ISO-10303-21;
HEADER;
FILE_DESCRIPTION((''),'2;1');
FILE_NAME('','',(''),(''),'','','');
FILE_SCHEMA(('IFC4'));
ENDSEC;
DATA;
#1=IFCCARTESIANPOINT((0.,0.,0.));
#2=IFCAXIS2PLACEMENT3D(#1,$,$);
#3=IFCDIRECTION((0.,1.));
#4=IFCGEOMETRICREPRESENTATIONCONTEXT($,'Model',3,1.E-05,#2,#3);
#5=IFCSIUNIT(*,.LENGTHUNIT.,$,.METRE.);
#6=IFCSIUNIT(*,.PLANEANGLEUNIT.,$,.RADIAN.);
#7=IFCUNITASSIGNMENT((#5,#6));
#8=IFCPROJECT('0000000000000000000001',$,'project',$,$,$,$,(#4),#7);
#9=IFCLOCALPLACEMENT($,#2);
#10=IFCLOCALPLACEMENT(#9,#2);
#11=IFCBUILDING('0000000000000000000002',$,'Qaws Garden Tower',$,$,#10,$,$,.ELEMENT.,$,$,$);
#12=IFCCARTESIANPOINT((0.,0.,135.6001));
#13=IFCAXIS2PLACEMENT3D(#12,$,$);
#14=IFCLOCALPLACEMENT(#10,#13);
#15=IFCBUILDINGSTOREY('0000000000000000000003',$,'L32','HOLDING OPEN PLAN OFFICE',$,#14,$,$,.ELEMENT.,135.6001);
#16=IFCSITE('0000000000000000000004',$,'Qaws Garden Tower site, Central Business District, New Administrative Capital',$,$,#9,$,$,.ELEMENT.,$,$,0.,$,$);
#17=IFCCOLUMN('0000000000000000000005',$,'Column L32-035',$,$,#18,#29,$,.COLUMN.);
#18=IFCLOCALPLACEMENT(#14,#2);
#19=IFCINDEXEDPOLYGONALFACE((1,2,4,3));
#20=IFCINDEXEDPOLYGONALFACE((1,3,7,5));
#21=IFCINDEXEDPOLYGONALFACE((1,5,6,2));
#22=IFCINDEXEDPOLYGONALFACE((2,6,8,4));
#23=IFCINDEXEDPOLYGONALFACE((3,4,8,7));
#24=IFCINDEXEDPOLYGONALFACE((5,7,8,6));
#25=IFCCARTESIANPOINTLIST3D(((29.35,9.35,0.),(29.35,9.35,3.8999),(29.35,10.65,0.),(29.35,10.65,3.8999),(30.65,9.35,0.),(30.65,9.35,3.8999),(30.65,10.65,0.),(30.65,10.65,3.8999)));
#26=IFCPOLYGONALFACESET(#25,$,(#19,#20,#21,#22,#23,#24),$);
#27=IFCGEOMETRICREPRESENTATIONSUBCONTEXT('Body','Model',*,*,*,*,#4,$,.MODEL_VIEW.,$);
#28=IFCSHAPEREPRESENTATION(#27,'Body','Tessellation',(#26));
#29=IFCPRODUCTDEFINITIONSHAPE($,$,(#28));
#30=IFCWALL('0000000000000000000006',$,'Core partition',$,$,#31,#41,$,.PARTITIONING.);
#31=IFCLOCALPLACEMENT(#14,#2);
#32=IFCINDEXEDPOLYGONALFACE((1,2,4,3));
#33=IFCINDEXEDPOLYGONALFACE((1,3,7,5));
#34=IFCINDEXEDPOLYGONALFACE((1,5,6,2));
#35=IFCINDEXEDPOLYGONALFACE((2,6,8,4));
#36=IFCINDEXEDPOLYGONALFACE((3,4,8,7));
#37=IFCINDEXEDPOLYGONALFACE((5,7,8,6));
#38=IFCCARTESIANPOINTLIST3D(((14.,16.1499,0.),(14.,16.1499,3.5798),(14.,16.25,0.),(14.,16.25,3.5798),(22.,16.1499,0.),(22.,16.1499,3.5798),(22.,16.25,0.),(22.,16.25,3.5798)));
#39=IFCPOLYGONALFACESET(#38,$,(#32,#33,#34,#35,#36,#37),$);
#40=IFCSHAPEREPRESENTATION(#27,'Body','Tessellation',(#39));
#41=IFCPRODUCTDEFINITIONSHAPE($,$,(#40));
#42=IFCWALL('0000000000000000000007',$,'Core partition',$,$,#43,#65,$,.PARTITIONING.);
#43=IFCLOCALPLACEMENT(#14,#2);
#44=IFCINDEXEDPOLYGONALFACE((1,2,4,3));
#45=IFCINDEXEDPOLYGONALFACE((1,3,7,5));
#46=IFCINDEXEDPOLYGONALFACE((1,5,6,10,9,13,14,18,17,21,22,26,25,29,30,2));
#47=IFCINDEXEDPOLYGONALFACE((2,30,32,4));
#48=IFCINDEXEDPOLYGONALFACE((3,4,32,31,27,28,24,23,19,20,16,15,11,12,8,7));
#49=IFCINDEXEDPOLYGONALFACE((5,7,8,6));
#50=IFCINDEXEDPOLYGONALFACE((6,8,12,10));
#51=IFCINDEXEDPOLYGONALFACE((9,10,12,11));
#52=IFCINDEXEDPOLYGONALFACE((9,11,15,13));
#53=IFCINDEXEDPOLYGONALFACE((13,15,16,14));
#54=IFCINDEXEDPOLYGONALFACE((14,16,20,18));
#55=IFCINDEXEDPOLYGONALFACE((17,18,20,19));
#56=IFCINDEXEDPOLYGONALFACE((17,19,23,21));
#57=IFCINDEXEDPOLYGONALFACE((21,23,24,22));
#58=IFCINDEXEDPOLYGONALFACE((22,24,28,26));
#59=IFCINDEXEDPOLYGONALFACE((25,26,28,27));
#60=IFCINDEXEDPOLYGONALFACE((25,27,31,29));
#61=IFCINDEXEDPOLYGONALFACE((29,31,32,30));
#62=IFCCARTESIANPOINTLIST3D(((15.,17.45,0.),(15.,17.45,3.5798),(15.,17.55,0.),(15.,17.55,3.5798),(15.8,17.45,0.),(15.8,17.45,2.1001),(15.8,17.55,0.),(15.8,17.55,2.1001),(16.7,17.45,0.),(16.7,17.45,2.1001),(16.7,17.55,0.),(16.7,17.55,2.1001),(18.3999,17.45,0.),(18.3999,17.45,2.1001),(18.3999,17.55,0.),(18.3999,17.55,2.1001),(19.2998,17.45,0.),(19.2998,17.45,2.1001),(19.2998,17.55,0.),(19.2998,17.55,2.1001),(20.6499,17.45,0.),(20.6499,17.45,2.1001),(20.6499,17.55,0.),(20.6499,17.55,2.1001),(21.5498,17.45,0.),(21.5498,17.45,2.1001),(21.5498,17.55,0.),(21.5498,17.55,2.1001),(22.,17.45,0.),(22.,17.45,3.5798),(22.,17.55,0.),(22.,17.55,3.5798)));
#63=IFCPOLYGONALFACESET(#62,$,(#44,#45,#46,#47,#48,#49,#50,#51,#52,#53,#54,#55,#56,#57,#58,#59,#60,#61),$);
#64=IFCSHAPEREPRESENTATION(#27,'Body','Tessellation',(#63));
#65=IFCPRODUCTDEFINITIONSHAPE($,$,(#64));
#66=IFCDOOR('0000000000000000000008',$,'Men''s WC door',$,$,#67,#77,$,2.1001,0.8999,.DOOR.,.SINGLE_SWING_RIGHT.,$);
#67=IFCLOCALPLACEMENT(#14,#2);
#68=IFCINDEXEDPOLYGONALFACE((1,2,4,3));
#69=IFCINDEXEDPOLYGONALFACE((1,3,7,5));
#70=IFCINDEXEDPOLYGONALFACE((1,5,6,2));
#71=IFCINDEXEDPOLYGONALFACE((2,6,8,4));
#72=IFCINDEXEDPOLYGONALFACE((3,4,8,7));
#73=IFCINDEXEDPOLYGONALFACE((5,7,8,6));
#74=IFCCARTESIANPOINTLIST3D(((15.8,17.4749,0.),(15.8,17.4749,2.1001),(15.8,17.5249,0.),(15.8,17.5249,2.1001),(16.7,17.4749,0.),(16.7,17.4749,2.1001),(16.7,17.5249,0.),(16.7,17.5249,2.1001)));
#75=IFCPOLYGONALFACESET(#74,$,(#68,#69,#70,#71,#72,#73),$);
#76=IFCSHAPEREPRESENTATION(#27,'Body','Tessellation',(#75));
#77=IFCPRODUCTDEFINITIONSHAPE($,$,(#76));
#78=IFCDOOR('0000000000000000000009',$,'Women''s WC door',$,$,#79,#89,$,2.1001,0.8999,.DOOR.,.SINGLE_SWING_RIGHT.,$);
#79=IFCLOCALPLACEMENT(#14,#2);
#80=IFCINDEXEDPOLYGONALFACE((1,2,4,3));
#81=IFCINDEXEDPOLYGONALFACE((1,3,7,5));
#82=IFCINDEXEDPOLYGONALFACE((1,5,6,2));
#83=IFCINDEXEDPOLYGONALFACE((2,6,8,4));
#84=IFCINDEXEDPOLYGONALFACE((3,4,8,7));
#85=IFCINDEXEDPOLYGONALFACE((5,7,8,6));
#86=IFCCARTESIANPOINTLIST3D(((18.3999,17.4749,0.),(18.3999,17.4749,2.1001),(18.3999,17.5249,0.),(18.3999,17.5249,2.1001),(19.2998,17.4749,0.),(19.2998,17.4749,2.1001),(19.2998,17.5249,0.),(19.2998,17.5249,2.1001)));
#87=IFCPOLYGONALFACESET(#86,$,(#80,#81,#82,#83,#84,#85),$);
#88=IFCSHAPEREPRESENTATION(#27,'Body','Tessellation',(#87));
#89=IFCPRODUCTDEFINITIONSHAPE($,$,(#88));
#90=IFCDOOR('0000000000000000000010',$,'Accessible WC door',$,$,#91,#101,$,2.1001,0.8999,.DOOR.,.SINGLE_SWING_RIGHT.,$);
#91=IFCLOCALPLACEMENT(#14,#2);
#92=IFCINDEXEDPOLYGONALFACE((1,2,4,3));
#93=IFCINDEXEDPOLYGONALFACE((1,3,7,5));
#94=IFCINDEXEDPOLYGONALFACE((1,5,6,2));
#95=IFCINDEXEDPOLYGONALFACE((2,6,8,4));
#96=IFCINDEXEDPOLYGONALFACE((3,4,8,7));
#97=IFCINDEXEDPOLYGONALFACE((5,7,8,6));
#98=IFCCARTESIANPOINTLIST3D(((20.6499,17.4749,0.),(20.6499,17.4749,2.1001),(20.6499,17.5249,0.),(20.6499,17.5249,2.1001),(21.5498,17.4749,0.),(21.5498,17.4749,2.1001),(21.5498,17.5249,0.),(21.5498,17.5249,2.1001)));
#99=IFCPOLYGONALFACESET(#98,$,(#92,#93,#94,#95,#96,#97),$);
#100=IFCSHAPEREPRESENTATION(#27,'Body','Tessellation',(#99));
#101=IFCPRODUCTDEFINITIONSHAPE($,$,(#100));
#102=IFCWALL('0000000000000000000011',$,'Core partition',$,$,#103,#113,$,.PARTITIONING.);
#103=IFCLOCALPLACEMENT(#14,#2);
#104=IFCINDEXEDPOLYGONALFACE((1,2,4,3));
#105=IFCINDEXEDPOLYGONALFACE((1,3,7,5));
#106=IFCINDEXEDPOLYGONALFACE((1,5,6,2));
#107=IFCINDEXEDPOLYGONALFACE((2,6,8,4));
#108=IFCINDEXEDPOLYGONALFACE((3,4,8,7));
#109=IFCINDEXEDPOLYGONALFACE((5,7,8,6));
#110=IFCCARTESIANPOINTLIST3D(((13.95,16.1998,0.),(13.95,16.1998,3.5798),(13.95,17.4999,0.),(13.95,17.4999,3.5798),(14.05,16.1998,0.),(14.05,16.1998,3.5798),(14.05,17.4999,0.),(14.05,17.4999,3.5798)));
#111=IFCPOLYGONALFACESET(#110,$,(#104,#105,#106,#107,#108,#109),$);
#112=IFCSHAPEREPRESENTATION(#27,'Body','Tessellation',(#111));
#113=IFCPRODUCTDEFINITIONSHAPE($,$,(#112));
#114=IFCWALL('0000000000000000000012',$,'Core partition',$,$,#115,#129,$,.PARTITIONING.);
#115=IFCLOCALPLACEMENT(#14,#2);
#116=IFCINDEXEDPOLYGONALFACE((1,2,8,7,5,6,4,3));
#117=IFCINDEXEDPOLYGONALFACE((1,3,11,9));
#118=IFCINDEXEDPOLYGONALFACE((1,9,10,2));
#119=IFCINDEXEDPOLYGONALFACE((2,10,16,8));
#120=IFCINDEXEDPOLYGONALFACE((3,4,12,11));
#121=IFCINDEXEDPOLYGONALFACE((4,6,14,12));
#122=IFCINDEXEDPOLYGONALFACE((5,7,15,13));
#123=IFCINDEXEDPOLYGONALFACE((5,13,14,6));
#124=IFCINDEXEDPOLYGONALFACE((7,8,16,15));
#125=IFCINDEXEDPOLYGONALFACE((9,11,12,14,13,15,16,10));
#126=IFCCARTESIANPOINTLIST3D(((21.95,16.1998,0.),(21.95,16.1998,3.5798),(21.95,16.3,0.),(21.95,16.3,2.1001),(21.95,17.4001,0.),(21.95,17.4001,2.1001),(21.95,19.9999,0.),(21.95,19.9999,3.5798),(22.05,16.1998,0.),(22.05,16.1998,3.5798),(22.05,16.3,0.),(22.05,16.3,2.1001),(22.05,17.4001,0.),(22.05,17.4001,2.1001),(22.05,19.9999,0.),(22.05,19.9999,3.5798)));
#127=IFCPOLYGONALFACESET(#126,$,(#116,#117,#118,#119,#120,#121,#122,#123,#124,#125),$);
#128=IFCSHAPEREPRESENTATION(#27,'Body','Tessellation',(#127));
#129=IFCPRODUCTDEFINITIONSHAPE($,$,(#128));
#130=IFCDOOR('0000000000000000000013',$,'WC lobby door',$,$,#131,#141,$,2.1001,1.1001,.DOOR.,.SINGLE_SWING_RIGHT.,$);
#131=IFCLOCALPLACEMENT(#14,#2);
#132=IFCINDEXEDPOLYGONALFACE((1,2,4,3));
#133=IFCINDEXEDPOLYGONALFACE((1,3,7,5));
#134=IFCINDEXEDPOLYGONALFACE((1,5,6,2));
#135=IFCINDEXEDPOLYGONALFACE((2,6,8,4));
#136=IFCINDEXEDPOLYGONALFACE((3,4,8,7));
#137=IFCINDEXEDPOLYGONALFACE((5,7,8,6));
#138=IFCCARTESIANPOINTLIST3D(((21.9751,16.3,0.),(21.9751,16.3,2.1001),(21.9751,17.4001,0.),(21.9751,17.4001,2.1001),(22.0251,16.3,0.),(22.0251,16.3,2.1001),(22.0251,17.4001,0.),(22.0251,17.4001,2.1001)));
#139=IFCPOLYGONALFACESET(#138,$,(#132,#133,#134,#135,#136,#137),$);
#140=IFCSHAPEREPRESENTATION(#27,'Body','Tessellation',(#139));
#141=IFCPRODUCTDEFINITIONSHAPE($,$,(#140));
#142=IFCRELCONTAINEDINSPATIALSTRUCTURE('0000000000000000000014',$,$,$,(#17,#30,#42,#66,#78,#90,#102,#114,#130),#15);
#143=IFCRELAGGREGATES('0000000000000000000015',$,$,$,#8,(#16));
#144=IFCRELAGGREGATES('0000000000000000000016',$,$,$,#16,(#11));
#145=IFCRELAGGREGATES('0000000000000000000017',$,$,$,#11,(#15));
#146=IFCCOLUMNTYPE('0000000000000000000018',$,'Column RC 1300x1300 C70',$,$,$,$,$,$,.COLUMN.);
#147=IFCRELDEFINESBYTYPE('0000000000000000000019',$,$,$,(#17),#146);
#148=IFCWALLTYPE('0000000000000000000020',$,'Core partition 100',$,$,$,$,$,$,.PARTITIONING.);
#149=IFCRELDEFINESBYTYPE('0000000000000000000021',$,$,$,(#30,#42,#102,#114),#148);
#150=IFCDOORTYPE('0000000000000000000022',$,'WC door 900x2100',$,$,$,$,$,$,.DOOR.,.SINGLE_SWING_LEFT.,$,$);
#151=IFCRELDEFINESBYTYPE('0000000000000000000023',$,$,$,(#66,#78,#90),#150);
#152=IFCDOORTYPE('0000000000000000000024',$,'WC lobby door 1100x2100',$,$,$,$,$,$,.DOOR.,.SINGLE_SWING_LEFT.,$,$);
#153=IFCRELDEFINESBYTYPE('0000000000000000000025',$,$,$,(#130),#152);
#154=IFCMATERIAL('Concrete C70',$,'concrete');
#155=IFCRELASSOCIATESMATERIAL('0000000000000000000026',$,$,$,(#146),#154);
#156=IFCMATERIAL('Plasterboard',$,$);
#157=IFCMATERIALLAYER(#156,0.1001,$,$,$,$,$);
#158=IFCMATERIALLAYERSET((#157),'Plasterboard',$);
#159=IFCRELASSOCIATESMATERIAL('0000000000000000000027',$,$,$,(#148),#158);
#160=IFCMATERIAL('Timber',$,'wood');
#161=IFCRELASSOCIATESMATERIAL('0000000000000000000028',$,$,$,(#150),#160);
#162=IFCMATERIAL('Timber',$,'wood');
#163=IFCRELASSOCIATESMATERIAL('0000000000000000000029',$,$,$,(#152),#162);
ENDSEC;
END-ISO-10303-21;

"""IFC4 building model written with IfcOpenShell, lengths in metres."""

from ifc_helpers import new_model, si_unit, direction, frame, frame_2d, origin, origin_2d, place, context, subcontext, project, spatial, rectangle, extrude, material, layer, layer_set, material_profile, profile_set, type_object, element, fill, save


model = new_model("IFC4")

# Units and contexts
model_context = context("Model", 3, precision=1e-05, world=origin(), true_north=direction((0.0, 1.0)))
body_context = subcontext(model_context, "Body", "Model", "MODEL_VIEW")
ifc_project = project(units=[si_unit("LENGTHUNIT", "METRE"), si_unit("PLANEANGLEUNIT", "RADIAN")], contexts=[model_context])

# Site, building, storey
site_placement = place(None, origin())
site = spatial("IfcSite", under=ifc_project, at=site_placement, Name="Qaws Garden Tower site, Central Business District, New Administrative Capital", CompositionType="ELEMENT", RefElevation=0.0)
building_placement = place(site_placement, origin())
building = spatial("IfcBuilding", under=site, at=building_placement, Name="Qaws Garden Tower", CompositionType="ELEMENT")
storey_placement = place(building_placement, frame((0.0, 0.0, 135.6001)))
storey = spatial("IfcBuildingStorey", under=building, at=storey_placement, Name="L32", Description="HOLDING OPEN PLAN OFFICE", CompositionType="ELEMENT", Elevation=135.6001)

# Column
ifc_material_1 = material(Name="Concrete C70", Category="concrete")
ifc_material_profile = material_profile(ifc_material_1, rectangle(XDim=1.3, YDim=1.3, at=origin_2d()), Name="RC 1300x1300")
ifc_profile_set = profile_set([ifc_material_profile], Name="Concrete C70")
column_type = type_object("IfcColumnType", Name="Column RC 1300x1300 C70", PredefinedType="COLUMN", material=ifc_profile_set)
column_placement = place(storey_placement, frame((30.0, 10.0, 0.0), z_axis=(0.0, 0.0, 1.0), x_axis=(1.0, 0.0, 0.0)))
element("IfcColumn", 1, at=column_placement, inside=storey, type_object=column_type, Name="Column L32-035", PredefinedType="COLUMN", context=body_context, shape_type="SweptSolid", body=[
    extrude(rectangle(XDim=1.3, YDim=1.3, at=origin_2d()), origin(), (0.0, 0.0, 1.0), 3.8999),
])

# Wall
ifc_material_2 = material(Name="Plasterboard")
ifc_layer_1 = layer(ifc_material_2, 0.1001)
ifc_layer_set_1 = layer_set([ifc_layer_1], Name="Plasterboard")
wall_type_1 = type_object("IfcWallType", Name="Core partition 100", PredefinedType="PARTITIONING", material=ifc_layer_set_1)
wall_1_placement = place(storey_placement, frame((14.0, 16.2, 0.0), z_axis=(0.0, 0.0, 1.0), x_axis=(1.0, 0.0, 0.0)))
element("IfcWall", 2, at=wall_1_placement, inside=storey, type_object=wall_type_1, Name="Core partition", PredefinedType="PARTITIONING", context=body_context, shape_type="SweptSolid", body=[
    extrude(rectangle(XDim=8.0, YDim=0.1001, at=frame_2d((4.0, 0.0))), origin(), (0.0, 0.0, 1.0), 3.5798),
])

# Wall, openings, doors
wall_2_placement = place(storey_placement, frame((15.0, 17.5, 0.0), z_axis=(0.0, 0.0, 1.0), x_axis=(1.0, 0.0, 0.0)))
wall_2 = element("IfcWall", 3, at=wall_2_placement, inside=storey, type_object=wall_type_1, Name="Core partition", PredefinedType="PARTITIONING", context=body_context, shape_type="SweptSolid", body=[
    extrude(rectangle(XDim=7.0, YDim=0.1001, at=frame_2d((3.5, 0.0))), origin(), (0.0, 0.0, 1.0), 3.5798),
])
opening_1_placement = place(wall_2_placement, frame((0.8, 0.0, 0.0)))
opening_1 = element("IfcOpeningElement", 4, at=opening_1_placement, cuts=wall_2, PredefinedType="OPENING", context=body_context, shape_type="SweptSolid", body=[
    extrude(rectangle(XDim=0.8999, YDim=2.1001, at=frame_2d((0.45, 1.05))), frame((0.0, 0.0601, 0.0), z_axis=(0.0, -1.0, 0.0), x_axis=(1.0, 0.0, 0.0)), (0.0, 0.0, 1.0), 0.1201),
])
opening_2_placement = place(wall_2_placement, frame((3.3999, 0.0, 0.0)))
opening_2 = element("IfcOpeningElement", 5, at=opening_2_placement, cuts=wall_2, PredefinedType="OPENING", context=body_context, shape_type="SweptSolid", body=[
    extrude(rectangle(XDim=0.8999, YDim=2.1001, at=frame_2d((0.45, 1.05))), frame((0.0, 0.0601, 0.0), z_axis=(0.0, -1.0, 0.0), x_axis=(1.0, 0.0, 0.0)), (0.0, 0.0, 1.0), 0.1201),
])
opening_3_placement = place(wall_2_placement, frame((5.6499, 0.0, 0.0)))
opening_3 = element("IfcOpeningElement", 6, at=opening_3_placement, cuts=wall_2, PredefinedType="OPENING", context=body_context, shape_type="SweptSolid", body=[
    extrude(rectangle(XDim=0.8999, YDim=2.1001, at=frame_2d((0.45, 1.05))), frame((0.0, 0.0601, 0.0), z_axis=(0.0, -1.0, 0.0), x_axis=(1.0, 0.0, 0.0)), (0.0, 0.0, 1.0), 0.1201),
])
ifc_material_3 = material(Name="Timber", Category="wood")
door_type_1 = type_object("IfcDoorType", Name="WC door 900x2100", OperationType="SINGLE_SWING_LEFT", PredefinedType="DOOR", material=ifc_material_3)
door_1_placement = place(opening_1_placement, origin())
door_1 = element("IfcDoor", 7, at=door_1_placement, inside=storey, type_object=door_type_1, Name="Men's WC door", OperationType="SINGLE_SWING_RIGHT", OverallHeight=2.1001, OverallWidth=0.8999, PredefinedType="DOOR", context=body_context, shape_type="SweptSolid", body=[
    extrude(rectangle(XDim=0.8999, YDim=2.1001, at=frame_2d((0.45, 1.05))), frame((0.0, 0.0249, 0.0), z_axis=(0.0, -1.0, 0.0), x_axis=(1.0, 0.0, 0.0)), (0.0, 0.0, 1.0), 0.05),
])
fill(opening_1, door_1)
door_2_placement = place(opening_2_placement, origin())
door_2 = element("IfcDoor", 8, at=door_2_placement, inside=storey, type_object=door_type_1, Name="Women's WC door", OperationType="SINGLE_SWING_RIGHT", OverallHeight=2.1001, OverallWidth=0.8999, PredefinedType="DOOR", context=body_context, shape_type="SweptSolid", body=[
    extrude(rectangle(XDim=0.8999, YDim=2.1001, at=frame_2d((0.45, 1.05))), frame((0.0, 0.0249, 0.0), z_axis=(0.0, -1.0, 0.0), x_axis=(1.0, 0.0, 0.0)), (0.0, 0.0, 1.0), 0.05),
])
fill(opening_2, door_2)
door_3_placement = place(opening_3_placement, origin())
door_3 = element("IfcDoor", 9, at=door_3_placement, inside=storey, type_object=door_type_1, Name="Accessible WC door", OperationType="SINGLE_SWING_RIGHT", OverallHeight=2.1001, OverallWidth=0.8999, PredefinedType="DOOR", context=body_context, shape_type="SweptSolid", body=[
    extrude(rectangle(XDim=0.8999, YDim=2.1001, at=frame_2d((0.45, 1.05))), frame((0.0, 0.0249, 0.0), z_axis=(0.0, -1.0, 0.0), x_axis=(1.0, 0.0, 0.0)), (0.0, 0.0, 1.0), 0.05),
])
fill(opening_3, door_3)

# Wall
wall_3_placement = place(storey_placement, frame((14.0, 16.2, 0.0), z_axis=(0.0, 0.0, 1.0), x_axis=(0.0, 1.0, 0.0)))
element("IfcWall", 10, at=wall_3_placement, inside=storey, type_object=wall_type_1, Name="Core partition", PredefinedType="PARTITIONING", context=body_context, shape_type="SweptSolid", body=[
    extrude(rectangle(XDim=1.3, YDim=0.1001, at=frame_2d((0.6499, 0.0))), origin(), (0.0, 0.0, 1.0), 3.5798),
])

# Wall, opening, door
wall_4_placement = place(storey_placement, frame((22.0, 16.2, 0.0), z_axis=(0.0, 0.0, 1.0), x_axis=(0.0, 1.0, 0.0)))
wall_4 = element("IfcWall", 11, at=wall_4_placement, inside=storey, type_object=wall_type_1, Name="Core partition", PredefinedType="PARTITIONING", context=body_context, shape_type="SweptSolid", body=[
    extrude(rectangle(XDim=3.8, YDim=0.1001, at=frame_2d((1.8999, 0.0))), origin(), (0.0, 0.0, 1.0), 3.5798),
])
opening_4_placement = place(wall_4_placement, frame((0.1001, 0.0, 0.0)))
opening_4 = element("IfcOpeningElement", 12, at=opening_4_placement, cuts=wall_4, PredefinedType="OPENING", context=body_context, shape_type="SweptSolid", body=[
    extrude(rectangle(XDim=1.1001, YDim=2.1001, at=frame_2d((0.55, 1.05))), frame((0.0, 0.0601, 0.0), z_axis=(0.0, -1.0, 0.0), x_axis=(1.0, 0.0, 0.0)), (0.0, 0.0, 1.0), 0.1201),
])
ifc_material_4 = material(Name="Timber", Category="wood")
door_type_2 = type_object("IfcDoorType", Name="WC lobby door 1100x2100", OperationType="SINGLE_SWING_LEFT", PredefinedType="DOOR", material=ifc_material_4)
door_4_placement = place(opening_4_placement, origin())
door_4 = element("IfcDoor", 13, at=door_4_placement, inside=storey, type_object=door_type_2, Name="WC lobby door", OperationType="SINGLE_SWING_RIGHT", OverallHeight=2.1001, OverallWidth=1.1001, PredefinedType="DOOR", context=body_context, shape_type="SweptSolid", body=[
    extrude(rectangle(XDim=1.1001, YDim=2.1001, at=frame_2d((0.55, 1.05))), frame((0.0, 0.0249, 0.0), z_axis=(0.0, -1.0, 0.0), x_axis=(1.0, 0.0, 0.0)), (0.0, 0.0, 1.0), 0.05),
])
fill(opening_4, door_4)

save(model, "model.ifc")
